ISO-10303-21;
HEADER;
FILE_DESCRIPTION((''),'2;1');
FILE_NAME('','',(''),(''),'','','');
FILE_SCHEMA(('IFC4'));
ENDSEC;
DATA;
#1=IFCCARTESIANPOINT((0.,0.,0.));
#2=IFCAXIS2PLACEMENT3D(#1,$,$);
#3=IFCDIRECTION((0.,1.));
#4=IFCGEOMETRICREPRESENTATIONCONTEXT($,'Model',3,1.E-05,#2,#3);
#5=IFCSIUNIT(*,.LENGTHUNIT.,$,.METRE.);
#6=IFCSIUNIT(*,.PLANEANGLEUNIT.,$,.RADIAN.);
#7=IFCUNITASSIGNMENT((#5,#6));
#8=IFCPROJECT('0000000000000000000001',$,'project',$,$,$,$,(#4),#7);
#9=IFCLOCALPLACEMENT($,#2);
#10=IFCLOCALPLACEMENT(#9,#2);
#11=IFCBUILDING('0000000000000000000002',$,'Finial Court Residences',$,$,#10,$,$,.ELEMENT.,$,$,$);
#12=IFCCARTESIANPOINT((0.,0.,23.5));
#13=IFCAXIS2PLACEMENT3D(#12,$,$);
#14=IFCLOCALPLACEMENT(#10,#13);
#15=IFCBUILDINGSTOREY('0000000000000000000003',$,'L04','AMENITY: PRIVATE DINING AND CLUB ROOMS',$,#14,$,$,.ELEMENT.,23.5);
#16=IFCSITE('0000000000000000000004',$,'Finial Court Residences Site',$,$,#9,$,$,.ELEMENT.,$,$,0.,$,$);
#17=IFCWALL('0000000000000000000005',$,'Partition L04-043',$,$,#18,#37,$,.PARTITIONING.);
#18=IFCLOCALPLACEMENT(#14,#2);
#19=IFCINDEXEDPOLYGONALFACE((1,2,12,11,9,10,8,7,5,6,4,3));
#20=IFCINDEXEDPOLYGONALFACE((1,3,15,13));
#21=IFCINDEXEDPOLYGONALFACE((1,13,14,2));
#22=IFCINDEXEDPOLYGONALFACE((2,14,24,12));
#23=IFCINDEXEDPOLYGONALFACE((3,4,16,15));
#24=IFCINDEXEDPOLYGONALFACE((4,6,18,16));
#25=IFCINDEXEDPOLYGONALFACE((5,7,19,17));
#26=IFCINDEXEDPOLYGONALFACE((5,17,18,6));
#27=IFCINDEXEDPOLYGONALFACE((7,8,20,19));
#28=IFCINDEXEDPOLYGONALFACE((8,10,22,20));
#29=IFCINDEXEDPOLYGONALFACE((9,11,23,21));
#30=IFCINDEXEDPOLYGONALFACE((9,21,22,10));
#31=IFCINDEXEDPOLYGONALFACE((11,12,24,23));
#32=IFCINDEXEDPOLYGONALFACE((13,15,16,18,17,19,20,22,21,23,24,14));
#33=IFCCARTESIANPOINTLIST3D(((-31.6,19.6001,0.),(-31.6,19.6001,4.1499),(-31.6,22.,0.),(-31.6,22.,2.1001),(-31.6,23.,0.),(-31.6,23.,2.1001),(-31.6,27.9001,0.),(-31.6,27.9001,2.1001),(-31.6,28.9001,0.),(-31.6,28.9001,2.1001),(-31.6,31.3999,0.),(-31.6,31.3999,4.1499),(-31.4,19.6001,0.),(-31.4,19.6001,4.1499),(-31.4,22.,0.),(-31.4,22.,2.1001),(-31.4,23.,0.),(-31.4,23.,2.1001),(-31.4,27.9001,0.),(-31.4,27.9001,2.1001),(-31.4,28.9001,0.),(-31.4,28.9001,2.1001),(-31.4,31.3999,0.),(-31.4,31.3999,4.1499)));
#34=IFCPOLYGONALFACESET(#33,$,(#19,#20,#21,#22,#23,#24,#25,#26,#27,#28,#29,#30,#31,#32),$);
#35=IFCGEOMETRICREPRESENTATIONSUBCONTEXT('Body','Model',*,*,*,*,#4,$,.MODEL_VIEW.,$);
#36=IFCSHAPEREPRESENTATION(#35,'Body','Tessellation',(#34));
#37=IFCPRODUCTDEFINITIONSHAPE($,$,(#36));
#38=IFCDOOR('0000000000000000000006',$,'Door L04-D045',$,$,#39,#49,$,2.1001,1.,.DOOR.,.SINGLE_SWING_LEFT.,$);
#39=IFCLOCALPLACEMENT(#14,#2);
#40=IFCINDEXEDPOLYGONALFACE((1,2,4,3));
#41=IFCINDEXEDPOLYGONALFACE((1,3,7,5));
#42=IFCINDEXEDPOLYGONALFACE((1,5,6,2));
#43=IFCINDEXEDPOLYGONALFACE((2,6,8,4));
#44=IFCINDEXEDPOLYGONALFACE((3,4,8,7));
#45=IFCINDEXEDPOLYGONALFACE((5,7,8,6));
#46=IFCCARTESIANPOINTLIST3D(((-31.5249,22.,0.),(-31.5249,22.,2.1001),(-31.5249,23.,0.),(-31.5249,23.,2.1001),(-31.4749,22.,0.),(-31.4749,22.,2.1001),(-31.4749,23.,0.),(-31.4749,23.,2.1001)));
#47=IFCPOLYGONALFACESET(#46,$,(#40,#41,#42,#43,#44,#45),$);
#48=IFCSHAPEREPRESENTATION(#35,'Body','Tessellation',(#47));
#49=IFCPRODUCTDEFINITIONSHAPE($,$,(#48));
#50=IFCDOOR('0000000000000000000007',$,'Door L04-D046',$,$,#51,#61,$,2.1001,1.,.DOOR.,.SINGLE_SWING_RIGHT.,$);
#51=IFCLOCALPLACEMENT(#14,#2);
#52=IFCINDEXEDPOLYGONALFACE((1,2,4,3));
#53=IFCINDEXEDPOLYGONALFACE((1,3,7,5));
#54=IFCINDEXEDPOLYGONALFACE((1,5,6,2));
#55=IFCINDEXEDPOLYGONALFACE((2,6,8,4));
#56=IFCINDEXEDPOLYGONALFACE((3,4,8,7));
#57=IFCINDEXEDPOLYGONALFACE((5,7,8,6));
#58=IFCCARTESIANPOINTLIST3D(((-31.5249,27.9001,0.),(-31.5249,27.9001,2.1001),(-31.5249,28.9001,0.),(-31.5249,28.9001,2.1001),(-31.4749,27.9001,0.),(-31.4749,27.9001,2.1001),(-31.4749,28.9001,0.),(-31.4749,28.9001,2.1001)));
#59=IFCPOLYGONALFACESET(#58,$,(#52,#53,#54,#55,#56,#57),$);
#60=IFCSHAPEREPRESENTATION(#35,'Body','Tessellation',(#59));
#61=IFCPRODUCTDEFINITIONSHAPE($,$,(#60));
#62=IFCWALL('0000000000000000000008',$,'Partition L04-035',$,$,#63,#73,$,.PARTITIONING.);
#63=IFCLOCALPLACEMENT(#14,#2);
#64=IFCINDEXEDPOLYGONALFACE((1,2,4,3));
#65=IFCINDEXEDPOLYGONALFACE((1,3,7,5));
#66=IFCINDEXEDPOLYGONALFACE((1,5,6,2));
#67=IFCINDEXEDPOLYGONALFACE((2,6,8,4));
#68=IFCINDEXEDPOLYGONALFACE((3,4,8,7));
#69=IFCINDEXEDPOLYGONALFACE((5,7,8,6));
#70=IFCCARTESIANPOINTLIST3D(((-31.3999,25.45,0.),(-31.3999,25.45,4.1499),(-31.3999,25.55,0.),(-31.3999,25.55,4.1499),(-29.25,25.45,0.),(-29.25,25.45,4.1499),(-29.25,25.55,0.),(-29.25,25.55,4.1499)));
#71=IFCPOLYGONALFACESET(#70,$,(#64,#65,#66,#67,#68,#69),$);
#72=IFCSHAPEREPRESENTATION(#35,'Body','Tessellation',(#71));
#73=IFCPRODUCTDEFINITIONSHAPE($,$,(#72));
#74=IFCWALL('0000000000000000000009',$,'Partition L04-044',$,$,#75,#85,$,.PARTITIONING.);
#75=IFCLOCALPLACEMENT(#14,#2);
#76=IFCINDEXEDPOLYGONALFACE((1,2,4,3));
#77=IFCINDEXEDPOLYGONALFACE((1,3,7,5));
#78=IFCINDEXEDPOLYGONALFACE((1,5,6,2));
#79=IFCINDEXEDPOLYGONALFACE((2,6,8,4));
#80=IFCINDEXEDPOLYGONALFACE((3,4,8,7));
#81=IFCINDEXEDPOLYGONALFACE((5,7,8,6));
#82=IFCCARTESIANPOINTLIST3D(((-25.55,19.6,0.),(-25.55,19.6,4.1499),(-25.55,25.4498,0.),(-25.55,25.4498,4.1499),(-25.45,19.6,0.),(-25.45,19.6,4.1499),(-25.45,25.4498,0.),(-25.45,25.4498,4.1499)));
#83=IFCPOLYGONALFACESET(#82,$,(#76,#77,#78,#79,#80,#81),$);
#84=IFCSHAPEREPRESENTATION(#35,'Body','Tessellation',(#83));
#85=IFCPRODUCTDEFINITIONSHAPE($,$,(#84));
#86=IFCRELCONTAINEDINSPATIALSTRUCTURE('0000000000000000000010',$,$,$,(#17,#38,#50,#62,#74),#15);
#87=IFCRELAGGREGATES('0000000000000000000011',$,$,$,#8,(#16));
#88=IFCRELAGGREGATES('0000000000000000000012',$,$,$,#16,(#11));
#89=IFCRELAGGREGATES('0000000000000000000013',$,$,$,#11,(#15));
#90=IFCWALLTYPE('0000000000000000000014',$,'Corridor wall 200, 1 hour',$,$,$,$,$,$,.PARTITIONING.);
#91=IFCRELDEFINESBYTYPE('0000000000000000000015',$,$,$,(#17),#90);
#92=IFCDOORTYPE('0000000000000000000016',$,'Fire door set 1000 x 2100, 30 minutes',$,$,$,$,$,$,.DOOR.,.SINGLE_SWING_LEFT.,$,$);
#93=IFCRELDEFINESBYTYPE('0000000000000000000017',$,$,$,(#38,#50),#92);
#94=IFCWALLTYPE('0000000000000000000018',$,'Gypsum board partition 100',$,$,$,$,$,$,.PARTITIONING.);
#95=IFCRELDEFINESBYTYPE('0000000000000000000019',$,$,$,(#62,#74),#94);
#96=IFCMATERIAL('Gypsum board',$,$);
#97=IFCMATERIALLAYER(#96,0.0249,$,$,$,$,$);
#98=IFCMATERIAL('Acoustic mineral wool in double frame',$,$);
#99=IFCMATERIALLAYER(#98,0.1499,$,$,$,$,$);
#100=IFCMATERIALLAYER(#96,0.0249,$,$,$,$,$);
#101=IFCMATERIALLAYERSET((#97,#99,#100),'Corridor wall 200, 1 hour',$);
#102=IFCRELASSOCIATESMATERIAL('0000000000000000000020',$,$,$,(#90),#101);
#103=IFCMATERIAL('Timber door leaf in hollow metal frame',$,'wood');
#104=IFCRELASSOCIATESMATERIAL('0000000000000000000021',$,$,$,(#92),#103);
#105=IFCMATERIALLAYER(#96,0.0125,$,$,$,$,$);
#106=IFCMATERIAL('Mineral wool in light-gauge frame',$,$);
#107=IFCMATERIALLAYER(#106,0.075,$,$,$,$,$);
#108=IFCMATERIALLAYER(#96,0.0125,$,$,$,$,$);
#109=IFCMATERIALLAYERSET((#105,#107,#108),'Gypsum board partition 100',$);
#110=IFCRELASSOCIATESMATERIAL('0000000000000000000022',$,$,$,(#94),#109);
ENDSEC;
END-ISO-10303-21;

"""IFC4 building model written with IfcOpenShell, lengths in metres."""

from ifc_helpers import new_model, si_unit, direction, frame, frame_2d, origin, place, context, subcontext, project, spatial, rectangle, extrude, material, layer, layer_set, type_object, element, fill, save


model = new_model("IFC4")

# Units and contexts
model_context = context("Model", 3, precision=1e-05, world=origin(), true_north=direction((0.0, 1.0)))
body_context = subcontext(model_context, "Body", "Model", "MODEL_VIEW")
ifc_project = project(units=[si_unit("LENGTHUNIT", "METRE"), si_unit("PLANEANGLEUNIT", "RADIAN")], contexts=[model_context])

# Site, building, storey
site_placement = place(None, origin())
site = spatial("IfcSite", under=ifc_project, at=site_placement, Name="Finial Court Residences Site", CompositionType="ELEMENT", RefElevation=0.0)
building_placement = place(site_placement, origin())
building = spatial("IfcBuilding", under=site, at=building_placement, Name="Finial Court Residences", CompositionType="ELEMENT")
storey_placement = place(building_placement, frame((0.0, 0.0, 23.5)))
storey = spatial("IfcBuildingStorey", under=building, at=storey_placement, Name="L04", Description="AMENITY: PRIVATE DINING AND CLUB ROOMS", CompositionType="ELEMENT", Elevation=23.5)

# Shared definitions
ifc_material_1 = material(Name="Gypsum board")
ifc_layer_1 = layer(ifc_material_1, 0.0249)
ifc_material_2 = material(Name="Acoustic mineral wool in double frame")
ifc_layer_2 = layer(ifc_material_2, 0.1499)
ifc_layer_3 = layer(ifc_material_1, 0.0249)
ifc_layer_set_1 = layer_set([ifc_layer_1, ifc_layer_2, ifc_layer_3], Name="Corridor wall 200, 1 hour")
wall_type_1 = type_object("IfcWallType", Name="Corridor wall 200, 1 hour", PredefinedType="PARTITIONING", material=ifc_layer_set_1)
ifc_material_3 = material(Name="Timber door leaf in hollow metal frame", Category="wood")
door_type_1 = type_object("IfcDoorType", Name="Fire door set 1000 x 2100, 30 minutes", OperationType="SINGLE_SWING_LEFT", PredefinedType="DOOR", material=ifc_material_3)

# Wall, openings, doors
wall_1_placement = place(storey_placement, frame((-31.5, 19.6001, 0.0), z_axis=(0.0, 0.0, 1.0), x_axis=(0.0, 1.0, 0.0)))
wall_1 = element("IfcWall", 1, at=wall_1_placement, inside=storey, type_object=wall_type_1, Name="Partition L04-043", PredefinedType="PARTITIONING", context=body_context, shape_type="SweptSolid", body=[
    extrude(rectangle(XDim=11.7998, YDim=0.2, at=frame_2d((5.8999, 0.0))), origin(), (0.0, 0.0, 1.0), 4.1499),
])
opening_1_placement = place(wall_1_placement, frame((2.3999, 0.0, 0.0)))
opening_1 = element("IfcOpeningElement", 2, at=opening_1_placement, cuts=wall_1, PredefinedType="OPENING", context=body_context, shape_type="SweptSolid", body=[
    extrude(rectangle(XDim=1.0, YDim=2.1001, at=frame_2d((0.5, 1.05))), frame((0.0, 0.1099, 0.0), z_axis=(0.0, -1.0, 0.0), x_axis=(1.0, 0.0, 0.0)), (0.0, 0.0, 1.0), 0.22),
])
opening_2_placement = place(wall_1_placement, frame((8.3, 0.0, 0.0)))
opening_2 = element("IfcOpeningElement", 3, at=opening_2_placement, cuts=wall_1, PredefinedType="OPENING", context=body_context, shape_type="SweptSolid", body=[
    extrude(rectangle(XDim=1.0, YDim=2.1001, at=frame_2d((0.5, 1.05))), frame((0.0, 0.1099, 0.0), z_axis=(0.0, -1.0, 0.0), x_axis=(1.0, 0.0, 0.0)), (0.0, 0.0, 1.0), 0.22),
])
door_1_placement = place(opening_1_placement, origin())
door_1 = element("IfcDoor", 4, at=door_1_placement, inside=storey, type_object=door_type_1, Name="Door L04-D045", OperationType="SINGLE_SWING_LEFT", OverallHeight=2.1001, OverallWidth=1.0, PredefinedType="DOOR", context=body_context, shape_type="SweptSolid", body=[
    extrude(rectangle(XDim=1.0, YDim=2.1001, at=frame_2d((0.5, 1.05))), frame((0.0, 0.0249, 0.0), z_axis=(0.0, -1.0, 0.0), x_axis=(1.0, 0.0, 0.0)), (0.0, 0.0, 1.0), 0.05),
])
fill(opening_1, door_1)
door_2_placement = place(opening_2_placement, origin())
door_2 = element("IfcDoor", 5, at=door_2_placement, inside=storey, type_object=door_type_1, Name="Door L04-D046", OperationType="SINGLE_SWING_RIGHT", OverallHeight=2.1001, OverallWidth=1.0, PredefinedType="DOOR", context=body_context, shape_type="SweptSolid", body=[
    extrude(rectangle(XDim=1.0, YDim=2.1001, at=frame_2d((0.5, 1.05))), frame((0.0, 0.0249, 0.0), z_axis=(0.0, -1.0, 0.0), x_axis=(1.0, 0.0, 0.0)), (0.0, 0.0, 1.0), 0.05),
])
fill(opening_2, door_2)

# Walls
ifc_layer_4 = layer(ifc_material_1, 0.0125)
ifc_material_4 = material(Name="Mineral wool in light-gauge frame")
ifc_layer_5 = layer(ifc_material_4, 0.075)
ifc_layer_6 = layer(ifc_material_1, 0.0125)
ifc_layer_set_2 = layer_set([ifc_layer_4, ifc_layer_5, ifc_layer_6], Name="Gypsum board partition 100")
wall_type_2 = type_object("IfcWallType", Name="Gypsum board partition 100", PredefinedType="PARTITIONING", material=ifc_layer_set_2)
wall_2_placement = place(storey_placement, frame((-31.3999, 25.5, 0.0), z_axis=(0.0, 0.0, 1.0), x_axis=(1.0, 0.0, 0.0)))
element("IfcWall", 6, at=wall_2_placement, inside=storey, type_object=wall_type_2, Name="Partition L04-035", PredefinedType="PARTITIONING", context=body_context, shape_type="SweptSolid", body=[
    extrude(rectangle(XDim=2.1499, YDim=0.1001, at=frame_2d((1.075, 0.0))), origin(), (0.0, 0.0, 1.0), 4.1499),
])
wall_3_placement = place(storey_placement, frame((-25.5, 19.6001, 0.0), z_axis=(0.0, 0.0, 1.0), x_axis=(0.0, 1.0, 0.0)))
element("IfcWall", 7, at=wall_3_placement, inside=storey, type_object=wall_type_2, Name="Partition L04-044", PredefinedType="PARTITIONING", context=body_context, shape_type="SweptSolid", body=[
    extrude(rectangle(XDim=5.8499, YDim=0.1001, at=frame_2d((2.9248, 0.0))), origin(), (0.0, 0.0, 1.0), 4.1499),
])

save(model, "model.ifc")
